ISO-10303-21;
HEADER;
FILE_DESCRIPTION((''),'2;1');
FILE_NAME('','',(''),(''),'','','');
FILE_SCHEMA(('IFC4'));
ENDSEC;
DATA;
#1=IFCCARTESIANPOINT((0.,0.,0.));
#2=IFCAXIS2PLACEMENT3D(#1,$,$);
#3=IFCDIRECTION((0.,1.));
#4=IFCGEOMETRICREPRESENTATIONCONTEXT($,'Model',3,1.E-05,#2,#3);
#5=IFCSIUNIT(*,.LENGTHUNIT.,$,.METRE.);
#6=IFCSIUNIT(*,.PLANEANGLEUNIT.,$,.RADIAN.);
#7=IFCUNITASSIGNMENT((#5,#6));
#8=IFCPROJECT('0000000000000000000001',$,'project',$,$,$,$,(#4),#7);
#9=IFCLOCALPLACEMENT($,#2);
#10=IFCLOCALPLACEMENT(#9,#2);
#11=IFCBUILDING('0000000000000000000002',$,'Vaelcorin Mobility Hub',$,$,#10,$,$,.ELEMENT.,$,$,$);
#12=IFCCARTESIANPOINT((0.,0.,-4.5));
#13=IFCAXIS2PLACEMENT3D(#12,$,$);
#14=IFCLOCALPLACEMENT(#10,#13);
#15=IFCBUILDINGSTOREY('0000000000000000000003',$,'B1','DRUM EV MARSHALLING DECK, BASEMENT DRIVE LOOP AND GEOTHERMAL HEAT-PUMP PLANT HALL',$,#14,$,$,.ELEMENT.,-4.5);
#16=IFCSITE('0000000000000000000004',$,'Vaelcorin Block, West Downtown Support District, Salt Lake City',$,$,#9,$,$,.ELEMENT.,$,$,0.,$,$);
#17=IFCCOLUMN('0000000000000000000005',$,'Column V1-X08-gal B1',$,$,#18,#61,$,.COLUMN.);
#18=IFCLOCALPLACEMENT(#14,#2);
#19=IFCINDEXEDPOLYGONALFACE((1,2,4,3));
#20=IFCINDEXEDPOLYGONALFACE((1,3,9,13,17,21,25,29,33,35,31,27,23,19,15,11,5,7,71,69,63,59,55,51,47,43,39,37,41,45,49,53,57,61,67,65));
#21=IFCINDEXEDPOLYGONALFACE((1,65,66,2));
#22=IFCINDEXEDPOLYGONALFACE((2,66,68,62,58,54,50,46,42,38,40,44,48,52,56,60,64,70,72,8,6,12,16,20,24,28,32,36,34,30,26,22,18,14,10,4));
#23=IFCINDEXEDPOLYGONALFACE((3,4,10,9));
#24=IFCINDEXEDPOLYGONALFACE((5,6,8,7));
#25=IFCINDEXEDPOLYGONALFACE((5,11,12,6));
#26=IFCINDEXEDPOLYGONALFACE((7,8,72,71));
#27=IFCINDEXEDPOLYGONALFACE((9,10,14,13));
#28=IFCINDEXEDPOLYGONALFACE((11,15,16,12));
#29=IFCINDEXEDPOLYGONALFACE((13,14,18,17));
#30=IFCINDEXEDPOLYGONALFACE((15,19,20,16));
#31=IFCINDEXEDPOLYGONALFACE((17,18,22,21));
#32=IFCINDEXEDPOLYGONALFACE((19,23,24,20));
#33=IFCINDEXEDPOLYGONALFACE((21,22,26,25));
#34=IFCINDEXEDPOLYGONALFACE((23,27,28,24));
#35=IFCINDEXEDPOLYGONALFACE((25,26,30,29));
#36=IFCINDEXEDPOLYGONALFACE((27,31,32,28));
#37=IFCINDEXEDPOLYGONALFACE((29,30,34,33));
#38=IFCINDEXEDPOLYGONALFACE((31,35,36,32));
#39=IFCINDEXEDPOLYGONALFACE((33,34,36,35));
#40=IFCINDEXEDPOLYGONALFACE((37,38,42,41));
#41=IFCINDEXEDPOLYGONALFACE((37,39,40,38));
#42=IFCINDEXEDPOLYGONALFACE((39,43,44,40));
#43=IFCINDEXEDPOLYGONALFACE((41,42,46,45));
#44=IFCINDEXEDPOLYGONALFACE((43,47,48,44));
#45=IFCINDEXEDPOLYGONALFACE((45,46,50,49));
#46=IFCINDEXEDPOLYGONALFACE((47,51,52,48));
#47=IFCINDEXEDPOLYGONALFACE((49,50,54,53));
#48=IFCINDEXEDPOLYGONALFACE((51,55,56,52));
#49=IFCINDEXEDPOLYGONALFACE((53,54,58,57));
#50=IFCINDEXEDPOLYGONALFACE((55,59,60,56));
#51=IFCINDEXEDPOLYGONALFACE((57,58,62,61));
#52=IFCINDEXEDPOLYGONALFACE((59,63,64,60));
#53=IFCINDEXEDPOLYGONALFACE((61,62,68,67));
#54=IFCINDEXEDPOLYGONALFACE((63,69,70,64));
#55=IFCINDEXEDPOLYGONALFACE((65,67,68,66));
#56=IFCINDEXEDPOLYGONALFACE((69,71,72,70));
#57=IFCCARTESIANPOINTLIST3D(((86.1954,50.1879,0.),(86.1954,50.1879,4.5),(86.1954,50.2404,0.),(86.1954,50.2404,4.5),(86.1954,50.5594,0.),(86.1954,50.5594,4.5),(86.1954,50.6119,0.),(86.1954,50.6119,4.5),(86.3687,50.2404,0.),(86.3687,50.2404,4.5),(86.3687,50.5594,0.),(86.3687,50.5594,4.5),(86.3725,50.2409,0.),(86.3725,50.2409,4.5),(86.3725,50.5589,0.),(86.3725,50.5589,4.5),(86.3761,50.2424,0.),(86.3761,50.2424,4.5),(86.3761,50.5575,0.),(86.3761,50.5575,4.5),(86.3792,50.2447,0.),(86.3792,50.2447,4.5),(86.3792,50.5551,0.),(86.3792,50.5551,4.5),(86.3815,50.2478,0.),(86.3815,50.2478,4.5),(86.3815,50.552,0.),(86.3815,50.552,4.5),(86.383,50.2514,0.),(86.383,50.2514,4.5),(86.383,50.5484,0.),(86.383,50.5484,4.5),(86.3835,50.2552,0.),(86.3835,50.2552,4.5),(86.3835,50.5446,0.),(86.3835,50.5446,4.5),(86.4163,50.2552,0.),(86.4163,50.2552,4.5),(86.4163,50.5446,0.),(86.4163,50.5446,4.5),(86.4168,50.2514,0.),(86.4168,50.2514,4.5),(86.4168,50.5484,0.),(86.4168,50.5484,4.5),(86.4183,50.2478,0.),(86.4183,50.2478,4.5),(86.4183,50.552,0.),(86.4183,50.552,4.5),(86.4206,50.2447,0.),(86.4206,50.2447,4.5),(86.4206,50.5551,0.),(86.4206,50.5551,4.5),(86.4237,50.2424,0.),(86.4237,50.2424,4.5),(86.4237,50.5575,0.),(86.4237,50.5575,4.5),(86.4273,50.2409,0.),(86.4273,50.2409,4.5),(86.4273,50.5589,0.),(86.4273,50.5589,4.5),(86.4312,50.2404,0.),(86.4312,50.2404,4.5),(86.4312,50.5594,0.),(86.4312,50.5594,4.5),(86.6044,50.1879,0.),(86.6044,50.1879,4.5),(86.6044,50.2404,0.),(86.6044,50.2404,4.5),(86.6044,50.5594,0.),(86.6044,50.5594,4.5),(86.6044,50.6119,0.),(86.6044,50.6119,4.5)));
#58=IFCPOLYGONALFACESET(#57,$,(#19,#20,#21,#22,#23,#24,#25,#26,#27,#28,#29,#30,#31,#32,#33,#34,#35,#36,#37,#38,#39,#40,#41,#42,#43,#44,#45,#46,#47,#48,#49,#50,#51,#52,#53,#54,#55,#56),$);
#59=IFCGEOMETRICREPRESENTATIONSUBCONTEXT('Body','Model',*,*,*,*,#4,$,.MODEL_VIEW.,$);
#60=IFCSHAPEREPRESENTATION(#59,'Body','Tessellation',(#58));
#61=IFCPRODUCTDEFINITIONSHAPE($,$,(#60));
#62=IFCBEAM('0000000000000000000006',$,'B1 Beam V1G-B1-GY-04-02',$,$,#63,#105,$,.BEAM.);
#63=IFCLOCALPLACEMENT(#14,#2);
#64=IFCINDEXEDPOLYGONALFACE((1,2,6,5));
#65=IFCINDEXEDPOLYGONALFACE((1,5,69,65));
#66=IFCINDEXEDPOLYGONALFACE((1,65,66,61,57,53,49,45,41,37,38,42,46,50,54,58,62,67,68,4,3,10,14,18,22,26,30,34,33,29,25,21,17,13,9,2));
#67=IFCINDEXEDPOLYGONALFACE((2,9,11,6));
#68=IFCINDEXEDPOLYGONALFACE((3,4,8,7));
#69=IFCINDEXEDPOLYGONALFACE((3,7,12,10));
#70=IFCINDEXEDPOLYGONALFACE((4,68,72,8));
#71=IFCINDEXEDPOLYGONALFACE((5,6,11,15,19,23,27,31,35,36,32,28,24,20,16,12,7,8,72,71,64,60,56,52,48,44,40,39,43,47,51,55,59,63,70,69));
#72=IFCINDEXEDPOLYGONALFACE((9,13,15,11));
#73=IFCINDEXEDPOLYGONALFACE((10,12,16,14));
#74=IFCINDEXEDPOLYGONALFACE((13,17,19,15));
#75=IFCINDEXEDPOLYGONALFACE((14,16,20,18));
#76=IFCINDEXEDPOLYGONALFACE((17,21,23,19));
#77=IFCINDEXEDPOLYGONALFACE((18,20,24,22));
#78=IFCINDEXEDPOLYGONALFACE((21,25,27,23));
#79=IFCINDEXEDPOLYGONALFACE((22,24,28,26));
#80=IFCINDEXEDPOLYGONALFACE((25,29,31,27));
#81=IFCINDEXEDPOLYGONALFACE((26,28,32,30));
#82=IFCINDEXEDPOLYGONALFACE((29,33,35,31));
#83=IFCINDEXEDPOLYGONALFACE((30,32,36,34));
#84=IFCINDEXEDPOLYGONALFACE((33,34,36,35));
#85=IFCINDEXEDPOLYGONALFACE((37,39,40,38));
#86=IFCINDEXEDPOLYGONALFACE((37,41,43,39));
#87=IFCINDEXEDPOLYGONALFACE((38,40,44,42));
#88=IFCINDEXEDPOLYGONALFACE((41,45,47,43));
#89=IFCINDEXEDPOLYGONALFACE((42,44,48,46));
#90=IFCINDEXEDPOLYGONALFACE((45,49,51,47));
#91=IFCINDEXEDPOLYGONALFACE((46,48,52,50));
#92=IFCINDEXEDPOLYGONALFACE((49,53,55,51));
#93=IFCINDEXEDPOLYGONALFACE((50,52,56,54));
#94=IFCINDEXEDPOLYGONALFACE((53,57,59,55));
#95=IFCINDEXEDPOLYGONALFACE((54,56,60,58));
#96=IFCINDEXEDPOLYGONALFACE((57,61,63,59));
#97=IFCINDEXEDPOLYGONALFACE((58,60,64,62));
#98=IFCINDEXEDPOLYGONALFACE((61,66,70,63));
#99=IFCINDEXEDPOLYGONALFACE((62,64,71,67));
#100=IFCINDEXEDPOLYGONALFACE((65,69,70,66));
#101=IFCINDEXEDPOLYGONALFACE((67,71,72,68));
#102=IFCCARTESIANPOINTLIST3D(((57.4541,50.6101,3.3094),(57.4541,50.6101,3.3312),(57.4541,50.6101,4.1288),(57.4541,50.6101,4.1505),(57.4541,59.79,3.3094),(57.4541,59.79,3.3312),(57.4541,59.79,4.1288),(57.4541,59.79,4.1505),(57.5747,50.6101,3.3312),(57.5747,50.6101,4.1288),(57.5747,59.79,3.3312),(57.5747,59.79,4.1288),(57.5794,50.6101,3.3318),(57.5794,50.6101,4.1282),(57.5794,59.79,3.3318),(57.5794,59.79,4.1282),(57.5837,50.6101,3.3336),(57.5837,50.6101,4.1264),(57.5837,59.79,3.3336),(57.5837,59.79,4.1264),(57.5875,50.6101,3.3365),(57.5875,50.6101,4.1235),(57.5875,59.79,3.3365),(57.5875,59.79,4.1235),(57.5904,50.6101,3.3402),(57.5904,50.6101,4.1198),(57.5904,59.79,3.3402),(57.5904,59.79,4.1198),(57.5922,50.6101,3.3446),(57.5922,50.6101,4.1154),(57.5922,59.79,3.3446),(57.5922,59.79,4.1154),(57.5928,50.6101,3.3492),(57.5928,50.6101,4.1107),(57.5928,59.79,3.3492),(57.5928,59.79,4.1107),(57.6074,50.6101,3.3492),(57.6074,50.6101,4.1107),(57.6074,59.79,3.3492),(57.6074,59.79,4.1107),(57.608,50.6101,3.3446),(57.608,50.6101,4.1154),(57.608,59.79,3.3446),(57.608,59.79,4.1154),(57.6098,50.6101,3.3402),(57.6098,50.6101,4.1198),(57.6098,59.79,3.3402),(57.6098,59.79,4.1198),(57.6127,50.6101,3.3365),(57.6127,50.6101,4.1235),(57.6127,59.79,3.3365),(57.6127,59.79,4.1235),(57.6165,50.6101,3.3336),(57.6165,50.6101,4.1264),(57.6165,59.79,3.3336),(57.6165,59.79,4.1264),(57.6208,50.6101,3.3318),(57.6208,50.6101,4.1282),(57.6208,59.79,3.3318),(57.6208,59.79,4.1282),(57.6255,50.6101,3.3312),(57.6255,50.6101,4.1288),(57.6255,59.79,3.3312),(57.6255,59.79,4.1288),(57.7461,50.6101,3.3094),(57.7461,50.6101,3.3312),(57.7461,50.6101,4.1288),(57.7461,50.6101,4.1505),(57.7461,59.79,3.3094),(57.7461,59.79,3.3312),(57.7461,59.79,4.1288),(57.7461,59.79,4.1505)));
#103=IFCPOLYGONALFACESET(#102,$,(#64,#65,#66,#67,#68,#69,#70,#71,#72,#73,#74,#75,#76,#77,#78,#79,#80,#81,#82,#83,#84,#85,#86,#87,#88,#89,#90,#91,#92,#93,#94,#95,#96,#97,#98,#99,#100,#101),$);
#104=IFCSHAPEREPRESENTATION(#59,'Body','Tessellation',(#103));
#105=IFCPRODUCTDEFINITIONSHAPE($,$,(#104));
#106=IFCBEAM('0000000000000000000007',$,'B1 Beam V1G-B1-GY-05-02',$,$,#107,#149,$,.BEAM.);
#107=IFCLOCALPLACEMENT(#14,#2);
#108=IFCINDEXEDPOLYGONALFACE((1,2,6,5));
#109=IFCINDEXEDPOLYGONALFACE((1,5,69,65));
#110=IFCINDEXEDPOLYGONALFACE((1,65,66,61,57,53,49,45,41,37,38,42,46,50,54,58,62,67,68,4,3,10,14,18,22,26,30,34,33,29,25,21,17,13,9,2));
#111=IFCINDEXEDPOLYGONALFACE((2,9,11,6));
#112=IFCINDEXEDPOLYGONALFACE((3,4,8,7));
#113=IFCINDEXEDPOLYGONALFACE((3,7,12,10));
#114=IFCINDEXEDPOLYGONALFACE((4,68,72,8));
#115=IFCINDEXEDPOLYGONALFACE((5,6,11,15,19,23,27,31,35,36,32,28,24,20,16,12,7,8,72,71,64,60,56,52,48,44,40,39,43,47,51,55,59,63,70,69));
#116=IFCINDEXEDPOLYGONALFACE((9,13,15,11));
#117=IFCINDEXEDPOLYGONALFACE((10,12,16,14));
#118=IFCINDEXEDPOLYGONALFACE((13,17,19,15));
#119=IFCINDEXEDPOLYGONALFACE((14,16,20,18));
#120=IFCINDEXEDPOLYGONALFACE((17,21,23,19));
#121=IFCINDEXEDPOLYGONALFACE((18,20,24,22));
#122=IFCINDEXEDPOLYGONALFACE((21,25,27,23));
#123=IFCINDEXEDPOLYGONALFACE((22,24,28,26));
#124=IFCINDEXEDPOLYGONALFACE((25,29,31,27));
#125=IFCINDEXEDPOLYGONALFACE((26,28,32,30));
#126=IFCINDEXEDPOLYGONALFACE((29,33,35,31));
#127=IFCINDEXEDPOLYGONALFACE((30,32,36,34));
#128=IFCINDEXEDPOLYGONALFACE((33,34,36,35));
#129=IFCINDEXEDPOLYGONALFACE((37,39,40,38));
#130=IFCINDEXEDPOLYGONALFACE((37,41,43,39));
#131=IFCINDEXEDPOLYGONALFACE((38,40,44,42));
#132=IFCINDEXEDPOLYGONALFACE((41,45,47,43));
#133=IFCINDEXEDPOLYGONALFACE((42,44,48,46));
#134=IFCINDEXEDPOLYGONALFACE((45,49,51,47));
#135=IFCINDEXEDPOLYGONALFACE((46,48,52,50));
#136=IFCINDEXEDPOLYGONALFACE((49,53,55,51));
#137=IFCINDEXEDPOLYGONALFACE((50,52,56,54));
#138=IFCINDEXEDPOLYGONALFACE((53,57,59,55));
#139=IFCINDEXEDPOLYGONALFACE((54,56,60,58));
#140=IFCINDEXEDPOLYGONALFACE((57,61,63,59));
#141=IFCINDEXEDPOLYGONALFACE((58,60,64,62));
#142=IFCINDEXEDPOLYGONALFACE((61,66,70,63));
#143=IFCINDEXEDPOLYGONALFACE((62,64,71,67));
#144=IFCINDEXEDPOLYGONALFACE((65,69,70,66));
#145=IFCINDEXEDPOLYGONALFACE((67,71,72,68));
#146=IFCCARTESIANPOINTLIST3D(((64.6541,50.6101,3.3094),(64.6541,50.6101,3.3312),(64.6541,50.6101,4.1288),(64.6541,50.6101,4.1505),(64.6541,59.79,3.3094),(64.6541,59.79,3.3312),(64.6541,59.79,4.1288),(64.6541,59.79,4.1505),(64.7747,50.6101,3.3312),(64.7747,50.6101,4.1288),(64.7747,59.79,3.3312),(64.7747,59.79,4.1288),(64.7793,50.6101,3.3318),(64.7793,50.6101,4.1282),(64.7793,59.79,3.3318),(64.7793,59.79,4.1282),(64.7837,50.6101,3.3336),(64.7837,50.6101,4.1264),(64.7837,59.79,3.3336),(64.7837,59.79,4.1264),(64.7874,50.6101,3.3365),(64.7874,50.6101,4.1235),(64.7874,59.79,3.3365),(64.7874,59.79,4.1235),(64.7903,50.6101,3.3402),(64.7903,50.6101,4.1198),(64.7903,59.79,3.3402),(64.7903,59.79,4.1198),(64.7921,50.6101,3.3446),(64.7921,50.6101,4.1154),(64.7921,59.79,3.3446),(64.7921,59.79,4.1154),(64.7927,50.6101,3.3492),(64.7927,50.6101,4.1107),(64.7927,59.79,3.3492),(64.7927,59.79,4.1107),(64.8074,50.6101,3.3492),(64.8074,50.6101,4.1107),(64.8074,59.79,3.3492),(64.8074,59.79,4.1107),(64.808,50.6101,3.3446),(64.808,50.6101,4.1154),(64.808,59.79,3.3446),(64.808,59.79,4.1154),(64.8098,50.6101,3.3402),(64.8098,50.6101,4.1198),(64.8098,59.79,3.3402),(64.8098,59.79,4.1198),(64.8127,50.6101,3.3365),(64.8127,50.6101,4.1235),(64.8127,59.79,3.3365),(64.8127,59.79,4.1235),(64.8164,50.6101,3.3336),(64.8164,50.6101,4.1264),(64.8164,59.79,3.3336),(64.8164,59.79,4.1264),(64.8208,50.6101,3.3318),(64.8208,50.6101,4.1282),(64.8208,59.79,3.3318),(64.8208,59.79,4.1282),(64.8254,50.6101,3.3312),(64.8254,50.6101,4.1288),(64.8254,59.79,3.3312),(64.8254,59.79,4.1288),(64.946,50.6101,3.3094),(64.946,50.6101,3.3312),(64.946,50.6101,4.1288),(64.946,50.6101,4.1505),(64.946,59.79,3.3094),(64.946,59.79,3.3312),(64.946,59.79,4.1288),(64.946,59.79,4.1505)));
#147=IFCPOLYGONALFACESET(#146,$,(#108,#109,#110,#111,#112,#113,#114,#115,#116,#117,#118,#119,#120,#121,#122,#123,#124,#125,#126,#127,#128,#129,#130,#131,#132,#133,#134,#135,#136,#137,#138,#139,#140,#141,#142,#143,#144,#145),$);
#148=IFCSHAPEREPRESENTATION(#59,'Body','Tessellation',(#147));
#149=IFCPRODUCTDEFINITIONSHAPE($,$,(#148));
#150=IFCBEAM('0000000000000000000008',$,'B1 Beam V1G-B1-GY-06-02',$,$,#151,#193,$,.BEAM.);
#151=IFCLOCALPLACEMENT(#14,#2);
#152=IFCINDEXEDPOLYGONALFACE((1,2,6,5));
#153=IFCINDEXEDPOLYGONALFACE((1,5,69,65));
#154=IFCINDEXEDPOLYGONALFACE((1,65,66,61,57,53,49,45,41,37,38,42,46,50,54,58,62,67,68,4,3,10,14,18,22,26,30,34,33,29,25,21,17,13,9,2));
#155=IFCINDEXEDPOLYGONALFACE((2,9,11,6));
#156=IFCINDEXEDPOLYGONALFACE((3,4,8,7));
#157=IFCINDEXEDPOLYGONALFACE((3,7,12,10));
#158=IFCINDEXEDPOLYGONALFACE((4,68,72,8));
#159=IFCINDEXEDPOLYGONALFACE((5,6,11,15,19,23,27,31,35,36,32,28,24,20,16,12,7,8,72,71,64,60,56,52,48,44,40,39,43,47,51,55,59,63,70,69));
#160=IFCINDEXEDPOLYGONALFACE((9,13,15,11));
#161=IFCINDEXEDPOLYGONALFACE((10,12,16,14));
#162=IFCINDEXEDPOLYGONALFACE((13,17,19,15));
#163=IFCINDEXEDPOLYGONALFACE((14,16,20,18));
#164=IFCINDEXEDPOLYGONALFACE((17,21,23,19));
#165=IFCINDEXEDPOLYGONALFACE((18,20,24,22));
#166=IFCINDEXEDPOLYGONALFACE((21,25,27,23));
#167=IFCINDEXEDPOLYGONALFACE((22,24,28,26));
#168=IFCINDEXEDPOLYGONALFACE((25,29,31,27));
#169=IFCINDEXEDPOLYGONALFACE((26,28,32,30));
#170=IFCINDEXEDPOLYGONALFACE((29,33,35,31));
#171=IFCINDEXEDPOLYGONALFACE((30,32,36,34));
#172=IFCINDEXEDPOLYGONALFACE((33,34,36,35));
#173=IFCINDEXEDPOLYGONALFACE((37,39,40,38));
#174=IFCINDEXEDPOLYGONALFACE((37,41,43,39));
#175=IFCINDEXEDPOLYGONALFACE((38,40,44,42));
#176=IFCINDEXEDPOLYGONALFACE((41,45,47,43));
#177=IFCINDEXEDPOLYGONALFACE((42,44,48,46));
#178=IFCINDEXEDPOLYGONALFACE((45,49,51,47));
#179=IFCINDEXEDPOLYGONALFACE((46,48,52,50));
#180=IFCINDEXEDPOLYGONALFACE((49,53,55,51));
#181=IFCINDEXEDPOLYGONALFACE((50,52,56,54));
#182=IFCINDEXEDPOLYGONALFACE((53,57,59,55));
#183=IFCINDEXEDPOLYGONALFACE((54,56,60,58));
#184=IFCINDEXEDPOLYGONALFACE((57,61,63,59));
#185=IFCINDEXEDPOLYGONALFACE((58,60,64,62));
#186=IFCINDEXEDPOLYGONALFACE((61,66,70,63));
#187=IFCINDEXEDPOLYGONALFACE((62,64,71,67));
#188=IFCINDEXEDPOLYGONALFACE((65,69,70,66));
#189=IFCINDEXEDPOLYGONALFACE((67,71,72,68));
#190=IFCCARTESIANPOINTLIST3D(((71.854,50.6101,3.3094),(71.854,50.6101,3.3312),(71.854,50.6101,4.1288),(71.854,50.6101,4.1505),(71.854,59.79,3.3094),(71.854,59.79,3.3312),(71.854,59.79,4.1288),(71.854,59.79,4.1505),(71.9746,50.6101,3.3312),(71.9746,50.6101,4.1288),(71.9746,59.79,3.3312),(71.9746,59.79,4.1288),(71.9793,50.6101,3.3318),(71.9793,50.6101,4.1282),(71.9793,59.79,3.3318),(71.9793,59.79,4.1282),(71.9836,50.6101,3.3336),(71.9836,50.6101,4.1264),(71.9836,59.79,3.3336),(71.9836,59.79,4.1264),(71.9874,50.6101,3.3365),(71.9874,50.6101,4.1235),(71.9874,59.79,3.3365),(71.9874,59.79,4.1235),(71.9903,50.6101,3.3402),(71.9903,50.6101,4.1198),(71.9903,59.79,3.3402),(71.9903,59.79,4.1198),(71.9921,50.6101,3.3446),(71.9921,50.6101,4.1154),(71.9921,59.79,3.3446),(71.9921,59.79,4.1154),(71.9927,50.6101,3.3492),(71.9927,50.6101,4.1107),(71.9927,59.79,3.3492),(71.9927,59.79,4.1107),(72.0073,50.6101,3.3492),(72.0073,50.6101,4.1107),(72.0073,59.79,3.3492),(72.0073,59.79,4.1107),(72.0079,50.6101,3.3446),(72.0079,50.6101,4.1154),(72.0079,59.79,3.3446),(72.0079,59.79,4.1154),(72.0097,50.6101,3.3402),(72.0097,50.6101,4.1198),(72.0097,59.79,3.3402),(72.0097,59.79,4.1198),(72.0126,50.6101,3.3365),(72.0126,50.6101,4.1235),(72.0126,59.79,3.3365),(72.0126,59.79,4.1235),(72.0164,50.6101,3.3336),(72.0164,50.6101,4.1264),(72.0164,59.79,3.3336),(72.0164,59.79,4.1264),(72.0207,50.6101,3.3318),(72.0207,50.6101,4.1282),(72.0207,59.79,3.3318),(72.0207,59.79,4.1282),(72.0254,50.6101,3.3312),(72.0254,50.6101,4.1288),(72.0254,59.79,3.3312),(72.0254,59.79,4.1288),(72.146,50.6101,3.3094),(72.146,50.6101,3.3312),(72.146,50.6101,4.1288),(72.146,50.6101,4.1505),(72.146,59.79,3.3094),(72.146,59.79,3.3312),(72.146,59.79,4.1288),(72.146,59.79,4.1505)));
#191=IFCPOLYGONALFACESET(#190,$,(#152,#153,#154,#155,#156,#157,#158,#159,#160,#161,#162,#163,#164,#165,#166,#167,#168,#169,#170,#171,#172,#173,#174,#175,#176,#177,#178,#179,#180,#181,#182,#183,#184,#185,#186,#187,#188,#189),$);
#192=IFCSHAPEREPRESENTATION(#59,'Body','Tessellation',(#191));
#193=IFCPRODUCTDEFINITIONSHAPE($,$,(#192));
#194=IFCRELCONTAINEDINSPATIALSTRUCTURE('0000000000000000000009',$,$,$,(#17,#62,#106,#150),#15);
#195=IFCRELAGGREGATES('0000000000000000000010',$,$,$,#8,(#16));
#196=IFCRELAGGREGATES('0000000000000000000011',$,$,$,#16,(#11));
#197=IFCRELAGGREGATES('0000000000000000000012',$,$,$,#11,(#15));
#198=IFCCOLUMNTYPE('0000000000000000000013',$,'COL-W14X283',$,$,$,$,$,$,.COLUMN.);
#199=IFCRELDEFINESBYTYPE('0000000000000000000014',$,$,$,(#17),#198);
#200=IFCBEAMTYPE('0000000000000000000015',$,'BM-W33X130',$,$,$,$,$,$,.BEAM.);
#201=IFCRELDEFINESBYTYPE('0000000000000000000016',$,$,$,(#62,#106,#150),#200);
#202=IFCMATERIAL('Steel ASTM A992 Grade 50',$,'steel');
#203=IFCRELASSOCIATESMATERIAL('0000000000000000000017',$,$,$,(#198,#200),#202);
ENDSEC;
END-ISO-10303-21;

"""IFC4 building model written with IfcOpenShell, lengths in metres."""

from ifc_helpers import new_model, si_unit, direction, frame, origin, origin_2d, place, context, subcontext, project, spatial, i_section, extrude, material, material_profile, profile_set, type_object, element, save


model = new_model("IFC4")

# Units and contexts
model_context = context("Model", 3, precision=1e-05, world=origin(), true_north=direction((0.0, 1.0)))
body_context = subcontext(model_context, "Body", "Model", "MODEL_VIEW")
ifc_project = project(units=[si_unit("LENGTHUNIT", "METRE"), si_unit("PLANEANGLEUNIT", "RADIAN")], contexts=[model_context])

# Site, building, storey
site_placement = place(None, origin())
site = spatial("IfcSite", under=ifc_project, at=site_placement, Name="Vaelcorin Block, West Downtown Support District, Salt Lake City", CompositionType="ELEMENT", RefElevation=0.0)
building_placement = place(site_placement, origin())
building = spatial("IfcBuilding", under=site, at=building_placement, Name="Vaelcorin Mobility Hub", CompositionType="ELEMENT")
storey_placement = place(building_placement, frame((0.0, 0.0, -4.5)))
storey = spatial("IfcBuildingStorey", under=building, at=storey_placement, Name="B1", Description="DRUM EV MARSHALLING DECK, BASEMENT DRIVE LOOP AND GEOTHERMAL HEAT-PUMP PLANT HALL", CompositionType="ELEMENT", Elevation=-4.5)

# Column
ifc_material_1 = material(Name="Steel ASTM A992 Grade 50", Category="steel")
ifc_material_profile_1 = material_profile(ifc_material_1, i_section(OverallWidth=0.4089, OverallDepth=0.4241, WebThickness=0.0327, FlangeThickness=0.0525, FilletRadius=0.0149, at=origin_2d()), Name="W14X283")
ifc_profile_set_1 = profile_set([ifc_material_profile_1], Name="Steel ASTM A992 Grade 50")
column_type = type_object("IfcColumnType", Name="COL-W14X283", PredefinedType="COLUMN", material=ifc_profile_set_1)
for number, where, z_axis, x_axis, name in (
    (1, (86.3999, 50.3999, 0.0), (0.0, 0.0, 1.0), (1.0, 0.0, 0.0), "Column V1-X08-gal B1"),
):
    element("IfcColumn", number, at=place(storey_placement, frame(where, z_axis=z_axis, x_axis=x_axis)), inside=storey, type_object=column_type, Name=name, PredefinedType="COLUMN", context=body_context, shape_type="SweptSolid", body=[
        extrude(i_section(OverallWidth=0.4089, OverallDepth=0.4241, WebThickness=0.0327, FlangeThickness=0.0525, FilletRadius=0.0149, at=origin_2d()), origin(), (0.0, 0.0, 1.0), 4.5),
    ])

# Beams
ifc_material_profile_2 = material_profile(ifc_material_1, i_section(OverallWidth=0.292, OverallDepth=0.8411, WebThickness=0.0146, FlangeThickness=0.0217, FilletRadius=0.0181, at=origin_2d()), Name="W33X130")
ifc_profile_set_2 = profile_set([ifc_material_profile_2], Name="Steel ASTM A992 Grade 50")
beam_type_1 = type_object("IfcBeamType", Name="BM-W33X130", PredefinedType="BEAM", material=ifc_profile_set_2)
for number, where, z_axis, x_axis, name in (
    (2, (57.6001, 50.6101, 3.73), (0.0, 1.0, 0.0), (-1.0, 0.0, 0.0), "B1 Beam V1G-B1-GY-04-02"),
    (3, (64.8, 50.6101, 3.73), (0.0, 1.0, 0.0), (-1.0, 0.0, 0.0), "B1 Beam V1G-B1-GY-05-02"),
    (4, (72.0, 50.6101, 3.73), (0.0, 1.0, 0.0), (-1.0, 0.0, 0.0), "B1 Beam V1G-B1-GY-06-02"),
):
    element("IfcBeam", number, at=place(storey_placement, frame(where, z_axis=z_axis, x_axis=x_axis)), inside=storey, type_object=beam_type_1, Name=name, PredefinedType="BEAM", context=body_context, shape_type="SweptSolid", body=[
        extrude(i_section(OverallWidth=0.292, OverallDepth=0.8411, WebThickness=0.0146, FlangeThickness=0.0217, FilletRadius=0.0181, at=origin_2d()), origin(), (0.0, 0.0, 1.0), 9.1799),
    ])

save(model, "model.ifc")
